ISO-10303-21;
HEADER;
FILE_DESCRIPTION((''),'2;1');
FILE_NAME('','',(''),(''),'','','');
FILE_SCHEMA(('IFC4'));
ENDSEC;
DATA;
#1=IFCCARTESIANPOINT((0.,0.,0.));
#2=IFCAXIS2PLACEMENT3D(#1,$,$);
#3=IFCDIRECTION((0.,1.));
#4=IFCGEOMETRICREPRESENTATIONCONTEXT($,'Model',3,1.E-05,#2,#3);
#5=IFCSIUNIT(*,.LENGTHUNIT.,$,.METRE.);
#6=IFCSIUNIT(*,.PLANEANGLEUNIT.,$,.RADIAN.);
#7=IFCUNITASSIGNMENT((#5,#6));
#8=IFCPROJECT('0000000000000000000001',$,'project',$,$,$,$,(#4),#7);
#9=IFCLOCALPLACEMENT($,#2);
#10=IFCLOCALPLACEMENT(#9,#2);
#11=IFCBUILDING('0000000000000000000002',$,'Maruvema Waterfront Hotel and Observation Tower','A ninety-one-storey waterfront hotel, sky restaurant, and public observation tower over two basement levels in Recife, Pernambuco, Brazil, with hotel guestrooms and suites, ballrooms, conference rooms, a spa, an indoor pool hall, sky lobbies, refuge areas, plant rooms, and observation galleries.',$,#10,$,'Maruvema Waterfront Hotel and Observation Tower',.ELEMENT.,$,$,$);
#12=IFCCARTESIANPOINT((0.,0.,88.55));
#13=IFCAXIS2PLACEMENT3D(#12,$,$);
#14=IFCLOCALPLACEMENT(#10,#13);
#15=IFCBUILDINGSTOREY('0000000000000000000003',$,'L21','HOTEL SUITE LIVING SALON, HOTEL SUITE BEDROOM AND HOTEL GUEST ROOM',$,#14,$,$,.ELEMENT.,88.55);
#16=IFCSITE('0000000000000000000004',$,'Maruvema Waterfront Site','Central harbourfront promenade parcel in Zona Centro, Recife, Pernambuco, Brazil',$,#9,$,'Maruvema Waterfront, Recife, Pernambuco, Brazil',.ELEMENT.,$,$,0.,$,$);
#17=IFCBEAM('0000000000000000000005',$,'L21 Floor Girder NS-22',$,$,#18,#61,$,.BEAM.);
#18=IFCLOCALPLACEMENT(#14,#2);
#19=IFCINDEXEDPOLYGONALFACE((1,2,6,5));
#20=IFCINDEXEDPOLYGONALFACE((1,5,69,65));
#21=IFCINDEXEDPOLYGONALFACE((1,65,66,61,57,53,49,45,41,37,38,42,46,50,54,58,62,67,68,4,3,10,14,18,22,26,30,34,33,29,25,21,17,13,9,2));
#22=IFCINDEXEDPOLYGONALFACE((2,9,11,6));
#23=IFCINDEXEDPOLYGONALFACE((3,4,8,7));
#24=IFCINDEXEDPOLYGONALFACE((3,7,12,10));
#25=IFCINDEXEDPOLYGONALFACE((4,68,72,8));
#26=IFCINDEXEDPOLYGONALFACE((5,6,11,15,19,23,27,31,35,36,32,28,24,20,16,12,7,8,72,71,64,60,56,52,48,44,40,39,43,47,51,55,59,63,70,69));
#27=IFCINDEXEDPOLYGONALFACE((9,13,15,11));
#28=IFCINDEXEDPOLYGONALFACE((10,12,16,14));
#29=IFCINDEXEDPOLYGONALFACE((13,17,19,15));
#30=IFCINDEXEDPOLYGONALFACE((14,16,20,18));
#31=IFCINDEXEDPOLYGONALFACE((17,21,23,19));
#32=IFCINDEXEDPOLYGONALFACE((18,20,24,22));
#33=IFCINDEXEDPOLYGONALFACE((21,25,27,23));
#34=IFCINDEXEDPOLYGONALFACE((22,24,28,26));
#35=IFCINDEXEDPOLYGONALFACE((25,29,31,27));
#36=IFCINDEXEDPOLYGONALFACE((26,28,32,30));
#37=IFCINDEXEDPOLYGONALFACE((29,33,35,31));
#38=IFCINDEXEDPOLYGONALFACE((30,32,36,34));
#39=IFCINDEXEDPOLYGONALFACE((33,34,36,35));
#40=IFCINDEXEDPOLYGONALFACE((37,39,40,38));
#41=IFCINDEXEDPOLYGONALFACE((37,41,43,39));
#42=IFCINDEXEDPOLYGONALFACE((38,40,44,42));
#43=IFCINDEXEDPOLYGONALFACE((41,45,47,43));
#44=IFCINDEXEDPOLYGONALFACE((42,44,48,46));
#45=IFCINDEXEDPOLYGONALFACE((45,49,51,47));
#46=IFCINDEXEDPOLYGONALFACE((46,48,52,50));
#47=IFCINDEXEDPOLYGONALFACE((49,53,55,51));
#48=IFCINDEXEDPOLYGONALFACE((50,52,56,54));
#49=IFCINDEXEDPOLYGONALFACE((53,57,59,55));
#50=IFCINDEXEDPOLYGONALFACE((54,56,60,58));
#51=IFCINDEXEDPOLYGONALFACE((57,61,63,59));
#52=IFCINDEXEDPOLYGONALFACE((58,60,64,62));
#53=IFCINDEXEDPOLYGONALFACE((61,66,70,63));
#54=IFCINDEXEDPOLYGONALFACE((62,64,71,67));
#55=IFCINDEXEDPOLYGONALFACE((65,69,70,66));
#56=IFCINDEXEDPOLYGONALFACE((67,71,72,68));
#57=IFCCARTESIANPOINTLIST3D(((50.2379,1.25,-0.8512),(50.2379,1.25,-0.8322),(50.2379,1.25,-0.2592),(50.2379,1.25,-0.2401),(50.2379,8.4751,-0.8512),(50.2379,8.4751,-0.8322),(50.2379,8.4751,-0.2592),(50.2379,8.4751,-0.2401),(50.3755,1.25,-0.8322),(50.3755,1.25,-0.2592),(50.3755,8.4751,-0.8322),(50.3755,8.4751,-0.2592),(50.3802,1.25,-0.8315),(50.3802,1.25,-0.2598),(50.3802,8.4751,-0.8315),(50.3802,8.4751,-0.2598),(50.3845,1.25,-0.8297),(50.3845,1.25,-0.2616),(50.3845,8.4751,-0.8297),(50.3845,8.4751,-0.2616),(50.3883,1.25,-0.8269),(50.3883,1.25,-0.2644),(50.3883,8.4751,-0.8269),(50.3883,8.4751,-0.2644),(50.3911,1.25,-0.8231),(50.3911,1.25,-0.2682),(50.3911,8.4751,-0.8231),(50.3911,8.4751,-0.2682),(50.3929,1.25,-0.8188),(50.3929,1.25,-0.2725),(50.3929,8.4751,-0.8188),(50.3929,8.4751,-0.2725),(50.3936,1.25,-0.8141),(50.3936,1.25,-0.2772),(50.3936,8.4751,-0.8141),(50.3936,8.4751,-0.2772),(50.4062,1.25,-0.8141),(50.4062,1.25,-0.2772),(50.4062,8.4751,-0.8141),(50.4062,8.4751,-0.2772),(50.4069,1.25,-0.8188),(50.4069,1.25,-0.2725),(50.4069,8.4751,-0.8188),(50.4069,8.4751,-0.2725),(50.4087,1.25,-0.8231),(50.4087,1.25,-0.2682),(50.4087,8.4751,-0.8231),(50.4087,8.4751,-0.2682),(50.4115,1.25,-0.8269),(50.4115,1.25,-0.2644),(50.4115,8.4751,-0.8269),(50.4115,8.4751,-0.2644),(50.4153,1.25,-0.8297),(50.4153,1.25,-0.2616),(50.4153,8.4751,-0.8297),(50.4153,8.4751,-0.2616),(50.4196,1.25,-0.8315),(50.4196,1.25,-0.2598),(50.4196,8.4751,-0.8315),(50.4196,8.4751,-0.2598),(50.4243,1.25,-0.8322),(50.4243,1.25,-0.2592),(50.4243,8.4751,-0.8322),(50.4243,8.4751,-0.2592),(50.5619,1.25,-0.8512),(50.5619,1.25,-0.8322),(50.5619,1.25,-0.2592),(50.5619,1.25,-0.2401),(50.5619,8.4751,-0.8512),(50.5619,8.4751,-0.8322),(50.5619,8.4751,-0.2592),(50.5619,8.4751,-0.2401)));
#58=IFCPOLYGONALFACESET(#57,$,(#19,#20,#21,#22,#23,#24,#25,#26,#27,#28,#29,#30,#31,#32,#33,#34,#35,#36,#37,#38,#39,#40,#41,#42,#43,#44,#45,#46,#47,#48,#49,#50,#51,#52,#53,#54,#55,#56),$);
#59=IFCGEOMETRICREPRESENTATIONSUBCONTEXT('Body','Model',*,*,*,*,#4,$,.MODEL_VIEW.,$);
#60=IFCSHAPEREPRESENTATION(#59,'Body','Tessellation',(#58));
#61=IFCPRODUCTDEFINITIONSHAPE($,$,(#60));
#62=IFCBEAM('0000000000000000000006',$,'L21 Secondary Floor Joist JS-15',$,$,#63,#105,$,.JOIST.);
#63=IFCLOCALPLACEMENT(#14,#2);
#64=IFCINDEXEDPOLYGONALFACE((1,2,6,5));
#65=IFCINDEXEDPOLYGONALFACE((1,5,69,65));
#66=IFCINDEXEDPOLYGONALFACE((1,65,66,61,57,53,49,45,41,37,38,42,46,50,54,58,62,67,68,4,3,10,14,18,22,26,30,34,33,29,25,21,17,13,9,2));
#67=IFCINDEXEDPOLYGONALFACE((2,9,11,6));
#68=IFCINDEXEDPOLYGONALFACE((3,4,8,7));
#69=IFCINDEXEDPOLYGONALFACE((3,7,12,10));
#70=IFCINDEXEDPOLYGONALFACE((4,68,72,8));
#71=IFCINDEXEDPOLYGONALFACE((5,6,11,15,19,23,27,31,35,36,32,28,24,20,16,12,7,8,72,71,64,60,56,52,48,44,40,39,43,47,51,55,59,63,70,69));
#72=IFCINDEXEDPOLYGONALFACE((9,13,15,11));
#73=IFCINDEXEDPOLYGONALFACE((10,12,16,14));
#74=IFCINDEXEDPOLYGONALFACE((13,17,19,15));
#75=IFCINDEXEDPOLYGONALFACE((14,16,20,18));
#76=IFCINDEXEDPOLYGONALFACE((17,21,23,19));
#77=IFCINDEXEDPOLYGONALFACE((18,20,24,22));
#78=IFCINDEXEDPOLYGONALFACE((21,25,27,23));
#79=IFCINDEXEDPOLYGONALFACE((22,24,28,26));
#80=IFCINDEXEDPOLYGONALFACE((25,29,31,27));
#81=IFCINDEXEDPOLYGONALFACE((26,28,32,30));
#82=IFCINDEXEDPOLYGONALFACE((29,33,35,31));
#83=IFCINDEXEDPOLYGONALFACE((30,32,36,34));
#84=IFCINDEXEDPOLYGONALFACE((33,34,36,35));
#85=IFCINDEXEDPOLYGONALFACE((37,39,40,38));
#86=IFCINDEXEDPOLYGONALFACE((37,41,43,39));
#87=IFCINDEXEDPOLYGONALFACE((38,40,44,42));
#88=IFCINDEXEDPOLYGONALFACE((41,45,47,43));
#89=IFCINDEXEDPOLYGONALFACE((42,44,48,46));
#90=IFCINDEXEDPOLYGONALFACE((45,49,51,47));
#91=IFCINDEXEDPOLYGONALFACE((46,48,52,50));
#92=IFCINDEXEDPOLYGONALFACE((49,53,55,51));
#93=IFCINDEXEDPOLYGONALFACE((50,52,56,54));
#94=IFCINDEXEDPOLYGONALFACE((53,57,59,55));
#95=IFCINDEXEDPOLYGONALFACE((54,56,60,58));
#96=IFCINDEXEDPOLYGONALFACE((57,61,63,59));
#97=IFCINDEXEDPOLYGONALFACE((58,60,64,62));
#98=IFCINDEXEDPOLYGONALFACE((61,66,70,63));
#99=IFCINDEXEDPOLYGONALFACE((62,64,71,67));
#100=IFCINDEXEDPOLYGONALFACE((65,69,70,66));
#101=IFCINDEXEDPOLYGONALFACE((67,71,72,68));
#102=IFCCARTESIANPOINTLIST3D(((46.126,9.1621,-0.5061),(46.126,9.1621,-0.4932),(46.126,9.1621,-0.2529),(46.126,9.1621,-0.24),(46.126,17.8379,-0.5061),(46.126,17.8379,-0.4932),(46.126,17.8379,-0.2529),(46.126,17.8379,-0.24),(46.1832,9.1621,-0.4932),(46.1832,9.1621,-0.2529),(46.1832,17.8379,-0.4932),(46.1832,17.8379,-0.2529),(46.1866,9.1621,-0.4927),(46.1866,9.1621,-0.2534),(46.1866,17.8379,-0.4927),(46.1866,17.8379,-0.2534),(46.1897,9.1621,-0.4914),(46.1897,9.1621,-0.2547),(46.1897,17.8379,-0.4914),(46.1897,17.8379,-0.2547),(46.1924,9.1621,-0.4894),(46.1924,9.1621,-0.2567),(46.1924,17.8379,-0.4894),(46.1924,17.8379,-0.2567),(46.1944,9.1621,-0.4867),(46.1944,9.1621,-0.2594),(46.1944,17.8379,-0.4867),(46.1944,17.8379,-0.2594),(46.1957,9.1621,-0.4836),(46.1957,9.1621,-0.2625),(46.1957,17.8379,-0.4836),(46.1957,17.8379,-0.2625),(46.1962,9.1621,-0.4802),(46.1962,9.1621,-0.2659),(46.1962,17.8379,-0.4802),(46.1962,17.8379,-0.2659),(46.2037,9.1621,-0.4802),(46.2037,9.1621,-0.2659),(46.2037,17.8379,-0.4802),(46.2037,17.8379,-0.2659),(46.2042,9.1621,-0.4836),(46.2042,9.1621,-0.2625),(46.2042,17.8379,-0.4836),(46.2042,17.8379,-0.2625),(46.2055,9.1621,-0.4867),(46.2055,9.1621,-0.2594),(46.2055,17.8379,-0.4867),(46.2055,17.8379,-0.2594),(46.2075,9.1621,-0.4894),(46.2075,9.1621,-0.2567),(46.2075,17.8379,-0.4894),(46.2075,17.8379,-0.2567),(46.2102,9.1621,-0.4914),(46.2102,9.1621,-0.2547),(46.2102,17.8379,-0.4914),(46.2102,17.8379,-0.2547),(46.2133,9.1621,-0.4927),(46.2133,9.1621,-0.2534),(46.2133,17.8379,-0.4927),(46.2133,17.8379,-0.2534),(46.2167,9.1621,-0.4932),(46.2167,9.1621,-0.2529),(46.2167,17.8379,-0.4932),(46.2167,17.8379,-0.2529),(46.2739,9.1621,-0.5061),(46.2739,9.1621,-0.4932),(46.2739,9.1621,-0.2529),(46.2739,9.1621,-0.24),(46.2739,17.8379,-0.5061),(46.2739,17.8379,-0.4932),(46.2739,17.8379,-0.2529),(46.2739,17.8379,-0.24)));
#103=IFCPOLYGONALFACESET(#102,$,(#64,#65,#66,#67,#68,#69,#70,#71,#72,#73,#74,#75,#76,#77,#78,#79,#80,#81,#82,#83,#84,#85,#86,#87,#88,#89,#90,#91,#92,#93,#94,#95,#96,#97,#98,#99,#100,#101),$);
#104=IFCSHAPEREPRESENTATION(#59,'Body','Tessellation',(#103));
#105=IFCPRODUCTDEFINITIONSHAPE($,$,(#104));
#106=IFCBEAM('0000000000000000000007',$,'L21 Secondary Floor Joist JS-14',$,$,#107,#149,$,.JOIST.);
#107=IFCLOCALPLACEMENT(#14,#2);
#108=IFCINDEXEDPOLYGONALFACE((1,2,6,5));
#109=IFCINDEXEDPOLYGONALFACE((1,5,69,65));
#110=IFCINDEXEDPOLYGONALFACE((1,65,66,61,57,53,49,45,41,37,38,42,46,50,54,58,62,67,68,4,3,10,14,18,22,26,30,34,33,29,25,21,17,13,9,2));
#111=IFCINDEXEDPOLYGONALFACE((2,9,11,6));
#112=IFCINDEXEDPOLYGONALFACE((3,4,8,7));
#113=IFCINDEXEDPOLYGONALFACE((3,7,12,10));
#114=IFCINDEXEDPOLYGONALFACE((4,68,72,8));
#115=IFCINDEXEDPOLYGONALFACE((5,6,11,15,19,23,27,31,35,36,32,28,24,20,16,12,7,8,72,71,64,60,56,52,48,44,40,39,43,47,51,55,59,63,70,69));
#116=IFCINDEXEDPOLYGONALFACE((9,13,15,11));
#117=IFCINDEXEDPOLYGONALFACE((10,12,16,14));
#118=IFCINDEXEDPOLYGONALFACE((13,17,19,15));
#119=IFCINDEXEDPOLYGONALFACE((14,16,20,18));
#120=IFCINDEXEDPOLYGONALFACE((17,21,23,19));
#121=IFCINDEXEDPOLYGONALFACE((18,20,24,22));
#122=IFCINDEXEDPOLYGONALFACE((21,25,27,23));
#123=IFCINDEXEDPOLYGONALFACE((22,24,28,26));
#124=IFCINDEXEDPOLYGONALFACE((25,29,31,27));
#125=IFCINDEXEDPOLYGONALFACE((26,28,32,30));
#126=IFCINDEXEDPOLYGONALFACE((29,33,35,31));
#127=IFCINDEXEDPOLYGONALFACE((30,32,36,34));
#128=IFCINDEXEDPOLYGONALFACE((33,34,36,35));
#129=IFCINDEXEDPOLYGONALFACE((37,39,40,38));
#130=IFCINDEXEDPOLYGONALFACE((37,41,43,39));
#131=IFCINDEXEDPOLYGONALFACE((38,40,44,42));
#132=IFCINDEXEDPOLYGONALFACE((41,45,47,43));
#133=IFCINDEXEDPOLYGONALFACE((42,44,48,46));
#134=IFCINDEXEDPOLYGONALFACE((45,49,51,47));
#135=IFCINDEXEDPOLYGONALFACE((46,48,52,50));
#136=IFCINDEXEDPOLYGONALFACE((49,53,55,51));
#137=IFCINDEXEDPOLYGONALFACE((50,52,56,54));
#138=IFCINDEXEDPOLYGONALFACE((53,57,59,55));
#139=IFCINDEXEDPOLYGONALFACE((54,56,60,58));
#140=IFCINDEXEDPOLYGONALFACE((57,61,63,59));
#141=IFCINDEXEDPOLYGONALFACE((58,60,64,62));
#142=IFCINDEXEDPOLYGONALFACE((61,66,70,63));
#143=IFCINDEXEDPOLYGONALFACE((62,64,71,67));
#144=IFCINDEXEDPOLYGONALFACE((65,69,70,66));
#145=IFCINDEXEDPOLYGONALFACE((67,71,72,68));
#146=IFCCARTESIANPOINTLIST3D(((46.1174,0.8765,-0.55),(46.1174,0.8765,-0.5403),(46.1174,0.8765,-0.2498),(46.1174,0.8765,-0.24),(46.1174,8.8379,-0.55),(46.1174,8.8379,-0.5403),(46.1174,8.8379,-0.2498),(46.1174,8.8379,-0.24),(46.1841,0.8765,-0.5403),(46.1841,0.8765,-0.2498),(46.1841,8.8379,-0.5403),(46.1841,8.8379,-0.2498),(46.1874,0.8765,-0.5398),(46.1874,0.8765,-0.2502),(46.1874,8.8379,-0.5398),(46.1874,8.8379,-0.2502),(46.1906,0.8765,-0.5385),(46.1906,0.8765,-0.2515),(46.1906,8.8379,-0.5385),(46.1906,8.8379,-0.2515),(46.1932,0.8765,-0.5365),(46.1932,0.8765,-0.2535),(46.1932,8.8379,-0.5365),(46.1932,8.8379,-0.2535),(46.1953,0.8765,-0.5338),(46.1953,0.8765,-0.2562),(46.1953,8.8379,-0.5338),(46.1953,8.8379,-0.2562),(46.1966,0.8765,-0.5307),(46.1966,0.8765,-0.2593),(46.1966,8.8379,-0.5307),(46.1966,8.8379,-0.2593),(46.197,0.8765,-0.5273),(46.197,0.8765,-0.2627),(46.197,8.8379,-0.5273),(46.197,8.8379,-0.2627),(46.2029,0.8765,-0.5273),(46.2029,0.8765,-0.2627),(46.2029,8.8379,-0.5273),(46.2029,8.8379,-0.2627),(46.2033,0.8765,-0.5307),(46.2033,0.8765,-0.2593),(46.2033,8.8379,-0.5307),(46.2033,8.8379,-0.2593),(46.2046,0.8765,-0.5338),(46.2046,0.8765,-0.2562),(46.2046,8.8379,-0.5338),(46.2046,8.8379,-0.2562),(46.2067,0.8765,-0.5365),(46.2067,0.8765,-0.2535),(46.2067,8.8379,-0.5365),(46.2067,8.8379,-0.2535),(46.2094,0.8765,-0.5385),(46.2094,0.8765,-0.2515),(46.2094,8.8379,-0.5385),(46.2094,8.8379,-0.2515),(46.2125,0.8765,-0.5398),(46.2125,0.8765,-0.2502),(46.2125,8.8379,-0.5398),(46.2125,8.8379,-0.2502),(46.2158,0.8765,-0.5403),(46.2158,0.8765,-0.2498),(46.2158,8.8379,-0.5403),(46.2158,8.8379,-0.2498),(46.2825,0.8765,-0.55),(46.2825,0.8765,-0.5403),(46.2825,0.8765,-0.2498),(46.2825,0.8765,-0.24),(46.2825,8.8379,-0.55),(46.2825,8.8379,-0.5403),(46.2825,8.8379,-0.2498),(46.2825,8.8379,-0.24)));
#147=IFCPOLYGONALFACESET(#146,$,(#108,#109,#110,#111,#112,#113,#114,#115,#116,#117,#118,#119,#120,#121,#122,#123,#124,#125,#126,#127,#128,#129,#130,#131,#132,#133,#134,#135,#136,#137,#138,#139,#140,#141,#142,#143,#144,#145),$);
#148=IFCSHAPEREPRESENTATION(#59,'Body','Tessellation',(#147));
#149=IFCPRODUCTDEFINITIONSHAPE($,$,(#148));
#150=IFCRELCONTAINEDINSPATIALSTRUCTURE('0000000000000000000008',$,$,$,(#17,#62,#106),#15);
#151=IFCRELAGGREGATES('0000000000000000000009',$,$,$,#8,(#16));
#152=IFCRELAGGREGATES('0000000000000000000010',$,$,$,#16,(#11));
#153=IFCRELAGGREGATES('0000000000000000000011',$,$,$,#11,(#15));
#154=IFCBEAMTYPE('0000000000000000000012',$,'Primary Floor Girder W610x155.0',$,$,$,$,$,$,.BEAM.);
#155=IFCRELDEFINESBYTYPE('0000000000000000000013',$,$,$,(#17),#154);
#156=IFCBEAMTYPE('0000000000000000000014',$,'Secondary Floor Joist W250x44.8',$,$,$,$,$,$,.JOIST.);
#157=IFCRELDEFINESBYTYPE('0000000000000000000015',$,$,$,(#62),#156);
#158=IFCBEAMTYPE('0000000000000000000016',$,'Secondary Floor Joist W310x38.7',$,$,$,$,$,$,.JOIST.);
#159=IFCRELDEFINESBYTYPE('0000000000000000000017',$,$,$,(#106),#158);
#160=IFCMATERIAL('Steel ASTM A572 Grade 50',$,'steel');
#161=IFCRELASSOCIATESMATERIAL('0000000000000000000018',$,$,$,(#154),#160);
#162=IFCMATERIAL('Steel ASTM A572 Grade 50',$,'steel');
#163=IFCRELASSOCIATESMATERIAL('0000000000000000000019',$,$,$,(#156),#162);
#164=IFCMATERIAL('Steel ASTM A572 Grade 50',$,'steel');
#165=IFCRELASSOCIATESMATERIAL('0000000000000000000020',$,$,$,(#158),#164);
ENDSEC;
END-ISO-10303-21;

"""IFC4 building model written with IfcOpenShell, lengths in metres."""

from ifc_helpers import new_model, si_unit, direction, frame, origin, origin_2d, place, context, subcontext, project, spatial, i_section, extrude, material, material_profile, profile_set, type_object, element, save


model = new_model("IFC4")

# Units and contexts
model_context = context("Model", 3, precision=1e-05, world=origin(), true_north=direction((0.0, 1.0)))
body_context = subcontext(model_context, "Body", "Model", "MODEL_VIEW")
ifc_project = project(units=[si_unit("LENGTHUNIT", "METRE"), si_unit("PLANEANGLEUNIT", "RADIAN")], contexts=[model_context])

# Site, building, storey
site_placement = place(None, origin())
site = spatial("IfcSite", under=ifc_project, at=site_placement, Name="Maruvema Waterfront Site", Description="Central harbourfront promenade parcel in Zona Centro, Recife, Pernambuco, Brazil", LongName="Maruvema Waterfront, Recife, Pernambuco, Brazil", CompositionType="ELEMENT", RefElevation=0.0)
building_placement = place(site_placement, origin())
building = spatial("IfcBuilding", under=site, at=building_placement, Name="Maruvema Waterfront Hotel and Observation Tower", Description="A ninety-one-storey waterfront hotel, sky restaurant, and public observation tower over two basement levels in Recife, Pernambuco, Brazil, with hotel guestrooms and suites, ballrooms, conference rooms, a spa, an indoor pool hall, sky lobbies, refuge areas, plant rooms, and observation galleries.", LongName="Maruvema Waterfront Hotel and Observation Tower", CompositionType="ELEMENT")
storey_placement = place(building_placement, frame((0.0, 0.0, 88.55)))
storey = spatial("IfcBuildingStorey", under=building, at=storey_placement, Name="L21", Description="HOTEL SUITE LIVING SALON, HOTEL SUITE BEDROOM AND HOTEL GUEST ROOM", CompositionType="ELEMENT", Elevation=88.55)

# Beams
ifc_material_1 = material(Name="Steel ASTM A572 Grade 50", Category="steel")
ifc_material_profile_1 = material_profile(ifc_material_1, i_section(OverallWidth=0.324, OverallDepth=0.6111, WebThickness=0.0127, FlangeThickness=0.019, FilletRadius=0.0181, at=origin_2d()), Name="W610x155.0")
ifc_profile_set_1 = profile_set([ifc_material_profile_1], Name="Steel ASTM A572 Grade 50")
beam_type_1 = type_object("IfcBeamType", Name="Primary Floor Girder W610x155.0", PredefinedType="BEAM", material=ifc_profile_set_1)
beam_1_placement = place(storey_placement, frame((50.3999, 1.25, -0.5457), z_axis=(0.0, 1.0, 0.0), x_axis=(-1.0, 0.0, 0.0)))
element("IfcBeam", 1, at=beam_1_placement, inside=storey, type_object=beam_type_1, Name="L21 Floor Girder NS-22", PredefinedType="BEAM", context=body_context, shape_type="SweptSolid", body=[
    extrude(i_section(OverallWidth=0.324, OverallDepth=0.6111, WebThickness=0.0127, FlangeThickness=0.019, FilletRadius=0.0181, at=origin_2d()), origin(), (0.0, 0.0, 1.0), 7.2251),
])
ifc_material_2 = material(Name="Steel ASTM A572 Grade 50", Category="steel")
ifc_material_profile_2 = material_profile(ifc_material_2, i_section(OverallWidth=0.1479, OverallDepth=0.2661, WebThickness=0.0076, FlangeThickness=0.0129, FilletRadius=0.0129, at=origin_2d()), Name="W250x44.8")
ifc_profile_set_2 = profile_set([ifc_material_profile_2], Name="Steel ASTM A572 Grade 50")
beam_type_2 = type_object("IfcBeamType", Name="Secondary Floor Joist W250x44.8", PredefinedType="JOIST", material=ifc_profile_set_2)
beam_2_placement = place(storey_placement, frame((46.2, 9.1621, -0.373), z_axis=(0.0, 1.0, 0.0), x_axis=(-1.0, 0.0, 0.0)))
element("IfcBeam", 2, at=beam_2_placement, inside=storey, type_object=beam_type_2, Name="L21 Secondary Floor Joist JS-15", PredefinedType="JOIST", context=body_context, shape_type="SweptSolid", body=[
    extrude(i_section(OverallWidth=0.1479, OverallDepth=0.2661, WebThickness=0.0076, FlangeThickness=0.0129, FilletRadius=0.0129, at=origin_2d()), origin(), (0.0, 0.0, 1.0), 8.6758),
])
ifc_material_3 = material(Name="Steel ASTM A572 Grade 50", Category="steel")
ifc_material_profile_3 = material_profile(ifc_material_3, i_section(OverallWidth=0.165, OverallDepth=0.3101, WebThickness=0.0059, FlangeThickness=0.0098, FilletRadius=0.0129, at=origin_2d()), Name="W310x38.7")
ifc_profile_set_3 = profile_set([ifc_material_profile_3], Name="Steel ASTM A572 Grade 50")
beam_type_3 = type_object("IfcBeamType", Name="Secondary Floor Joist W310x38.7", PredefinedType="JOIST", material=ifc_profile_set_3)
beam_3_placement = place(storey_placement, frame((46.2, 0.8765, -0.395), z_axis=(0.0, 1.0, 0.0), x_axis=(-1.0, 0.0, 0.0)))
element("IfcBeam", 3, at=beam_3_placement, inside=storey, type_object=beam_type_3, Name="L21 Secondary Floor Joist JS-14", PredefinedType="JOIST", context=body_context, shape_type="SweptSolid", body=[
    extrude(i_section(OverallWidth=0.165, OverallDepth=0.3101, WebThickness=0.0059, FlangeThickness=0.0098, FilletRadius=0.0129, at=origin_2d()), origin(), (0.0, 0.0, 1.0), 7.9614),
])

save(model, "model.ifc")
